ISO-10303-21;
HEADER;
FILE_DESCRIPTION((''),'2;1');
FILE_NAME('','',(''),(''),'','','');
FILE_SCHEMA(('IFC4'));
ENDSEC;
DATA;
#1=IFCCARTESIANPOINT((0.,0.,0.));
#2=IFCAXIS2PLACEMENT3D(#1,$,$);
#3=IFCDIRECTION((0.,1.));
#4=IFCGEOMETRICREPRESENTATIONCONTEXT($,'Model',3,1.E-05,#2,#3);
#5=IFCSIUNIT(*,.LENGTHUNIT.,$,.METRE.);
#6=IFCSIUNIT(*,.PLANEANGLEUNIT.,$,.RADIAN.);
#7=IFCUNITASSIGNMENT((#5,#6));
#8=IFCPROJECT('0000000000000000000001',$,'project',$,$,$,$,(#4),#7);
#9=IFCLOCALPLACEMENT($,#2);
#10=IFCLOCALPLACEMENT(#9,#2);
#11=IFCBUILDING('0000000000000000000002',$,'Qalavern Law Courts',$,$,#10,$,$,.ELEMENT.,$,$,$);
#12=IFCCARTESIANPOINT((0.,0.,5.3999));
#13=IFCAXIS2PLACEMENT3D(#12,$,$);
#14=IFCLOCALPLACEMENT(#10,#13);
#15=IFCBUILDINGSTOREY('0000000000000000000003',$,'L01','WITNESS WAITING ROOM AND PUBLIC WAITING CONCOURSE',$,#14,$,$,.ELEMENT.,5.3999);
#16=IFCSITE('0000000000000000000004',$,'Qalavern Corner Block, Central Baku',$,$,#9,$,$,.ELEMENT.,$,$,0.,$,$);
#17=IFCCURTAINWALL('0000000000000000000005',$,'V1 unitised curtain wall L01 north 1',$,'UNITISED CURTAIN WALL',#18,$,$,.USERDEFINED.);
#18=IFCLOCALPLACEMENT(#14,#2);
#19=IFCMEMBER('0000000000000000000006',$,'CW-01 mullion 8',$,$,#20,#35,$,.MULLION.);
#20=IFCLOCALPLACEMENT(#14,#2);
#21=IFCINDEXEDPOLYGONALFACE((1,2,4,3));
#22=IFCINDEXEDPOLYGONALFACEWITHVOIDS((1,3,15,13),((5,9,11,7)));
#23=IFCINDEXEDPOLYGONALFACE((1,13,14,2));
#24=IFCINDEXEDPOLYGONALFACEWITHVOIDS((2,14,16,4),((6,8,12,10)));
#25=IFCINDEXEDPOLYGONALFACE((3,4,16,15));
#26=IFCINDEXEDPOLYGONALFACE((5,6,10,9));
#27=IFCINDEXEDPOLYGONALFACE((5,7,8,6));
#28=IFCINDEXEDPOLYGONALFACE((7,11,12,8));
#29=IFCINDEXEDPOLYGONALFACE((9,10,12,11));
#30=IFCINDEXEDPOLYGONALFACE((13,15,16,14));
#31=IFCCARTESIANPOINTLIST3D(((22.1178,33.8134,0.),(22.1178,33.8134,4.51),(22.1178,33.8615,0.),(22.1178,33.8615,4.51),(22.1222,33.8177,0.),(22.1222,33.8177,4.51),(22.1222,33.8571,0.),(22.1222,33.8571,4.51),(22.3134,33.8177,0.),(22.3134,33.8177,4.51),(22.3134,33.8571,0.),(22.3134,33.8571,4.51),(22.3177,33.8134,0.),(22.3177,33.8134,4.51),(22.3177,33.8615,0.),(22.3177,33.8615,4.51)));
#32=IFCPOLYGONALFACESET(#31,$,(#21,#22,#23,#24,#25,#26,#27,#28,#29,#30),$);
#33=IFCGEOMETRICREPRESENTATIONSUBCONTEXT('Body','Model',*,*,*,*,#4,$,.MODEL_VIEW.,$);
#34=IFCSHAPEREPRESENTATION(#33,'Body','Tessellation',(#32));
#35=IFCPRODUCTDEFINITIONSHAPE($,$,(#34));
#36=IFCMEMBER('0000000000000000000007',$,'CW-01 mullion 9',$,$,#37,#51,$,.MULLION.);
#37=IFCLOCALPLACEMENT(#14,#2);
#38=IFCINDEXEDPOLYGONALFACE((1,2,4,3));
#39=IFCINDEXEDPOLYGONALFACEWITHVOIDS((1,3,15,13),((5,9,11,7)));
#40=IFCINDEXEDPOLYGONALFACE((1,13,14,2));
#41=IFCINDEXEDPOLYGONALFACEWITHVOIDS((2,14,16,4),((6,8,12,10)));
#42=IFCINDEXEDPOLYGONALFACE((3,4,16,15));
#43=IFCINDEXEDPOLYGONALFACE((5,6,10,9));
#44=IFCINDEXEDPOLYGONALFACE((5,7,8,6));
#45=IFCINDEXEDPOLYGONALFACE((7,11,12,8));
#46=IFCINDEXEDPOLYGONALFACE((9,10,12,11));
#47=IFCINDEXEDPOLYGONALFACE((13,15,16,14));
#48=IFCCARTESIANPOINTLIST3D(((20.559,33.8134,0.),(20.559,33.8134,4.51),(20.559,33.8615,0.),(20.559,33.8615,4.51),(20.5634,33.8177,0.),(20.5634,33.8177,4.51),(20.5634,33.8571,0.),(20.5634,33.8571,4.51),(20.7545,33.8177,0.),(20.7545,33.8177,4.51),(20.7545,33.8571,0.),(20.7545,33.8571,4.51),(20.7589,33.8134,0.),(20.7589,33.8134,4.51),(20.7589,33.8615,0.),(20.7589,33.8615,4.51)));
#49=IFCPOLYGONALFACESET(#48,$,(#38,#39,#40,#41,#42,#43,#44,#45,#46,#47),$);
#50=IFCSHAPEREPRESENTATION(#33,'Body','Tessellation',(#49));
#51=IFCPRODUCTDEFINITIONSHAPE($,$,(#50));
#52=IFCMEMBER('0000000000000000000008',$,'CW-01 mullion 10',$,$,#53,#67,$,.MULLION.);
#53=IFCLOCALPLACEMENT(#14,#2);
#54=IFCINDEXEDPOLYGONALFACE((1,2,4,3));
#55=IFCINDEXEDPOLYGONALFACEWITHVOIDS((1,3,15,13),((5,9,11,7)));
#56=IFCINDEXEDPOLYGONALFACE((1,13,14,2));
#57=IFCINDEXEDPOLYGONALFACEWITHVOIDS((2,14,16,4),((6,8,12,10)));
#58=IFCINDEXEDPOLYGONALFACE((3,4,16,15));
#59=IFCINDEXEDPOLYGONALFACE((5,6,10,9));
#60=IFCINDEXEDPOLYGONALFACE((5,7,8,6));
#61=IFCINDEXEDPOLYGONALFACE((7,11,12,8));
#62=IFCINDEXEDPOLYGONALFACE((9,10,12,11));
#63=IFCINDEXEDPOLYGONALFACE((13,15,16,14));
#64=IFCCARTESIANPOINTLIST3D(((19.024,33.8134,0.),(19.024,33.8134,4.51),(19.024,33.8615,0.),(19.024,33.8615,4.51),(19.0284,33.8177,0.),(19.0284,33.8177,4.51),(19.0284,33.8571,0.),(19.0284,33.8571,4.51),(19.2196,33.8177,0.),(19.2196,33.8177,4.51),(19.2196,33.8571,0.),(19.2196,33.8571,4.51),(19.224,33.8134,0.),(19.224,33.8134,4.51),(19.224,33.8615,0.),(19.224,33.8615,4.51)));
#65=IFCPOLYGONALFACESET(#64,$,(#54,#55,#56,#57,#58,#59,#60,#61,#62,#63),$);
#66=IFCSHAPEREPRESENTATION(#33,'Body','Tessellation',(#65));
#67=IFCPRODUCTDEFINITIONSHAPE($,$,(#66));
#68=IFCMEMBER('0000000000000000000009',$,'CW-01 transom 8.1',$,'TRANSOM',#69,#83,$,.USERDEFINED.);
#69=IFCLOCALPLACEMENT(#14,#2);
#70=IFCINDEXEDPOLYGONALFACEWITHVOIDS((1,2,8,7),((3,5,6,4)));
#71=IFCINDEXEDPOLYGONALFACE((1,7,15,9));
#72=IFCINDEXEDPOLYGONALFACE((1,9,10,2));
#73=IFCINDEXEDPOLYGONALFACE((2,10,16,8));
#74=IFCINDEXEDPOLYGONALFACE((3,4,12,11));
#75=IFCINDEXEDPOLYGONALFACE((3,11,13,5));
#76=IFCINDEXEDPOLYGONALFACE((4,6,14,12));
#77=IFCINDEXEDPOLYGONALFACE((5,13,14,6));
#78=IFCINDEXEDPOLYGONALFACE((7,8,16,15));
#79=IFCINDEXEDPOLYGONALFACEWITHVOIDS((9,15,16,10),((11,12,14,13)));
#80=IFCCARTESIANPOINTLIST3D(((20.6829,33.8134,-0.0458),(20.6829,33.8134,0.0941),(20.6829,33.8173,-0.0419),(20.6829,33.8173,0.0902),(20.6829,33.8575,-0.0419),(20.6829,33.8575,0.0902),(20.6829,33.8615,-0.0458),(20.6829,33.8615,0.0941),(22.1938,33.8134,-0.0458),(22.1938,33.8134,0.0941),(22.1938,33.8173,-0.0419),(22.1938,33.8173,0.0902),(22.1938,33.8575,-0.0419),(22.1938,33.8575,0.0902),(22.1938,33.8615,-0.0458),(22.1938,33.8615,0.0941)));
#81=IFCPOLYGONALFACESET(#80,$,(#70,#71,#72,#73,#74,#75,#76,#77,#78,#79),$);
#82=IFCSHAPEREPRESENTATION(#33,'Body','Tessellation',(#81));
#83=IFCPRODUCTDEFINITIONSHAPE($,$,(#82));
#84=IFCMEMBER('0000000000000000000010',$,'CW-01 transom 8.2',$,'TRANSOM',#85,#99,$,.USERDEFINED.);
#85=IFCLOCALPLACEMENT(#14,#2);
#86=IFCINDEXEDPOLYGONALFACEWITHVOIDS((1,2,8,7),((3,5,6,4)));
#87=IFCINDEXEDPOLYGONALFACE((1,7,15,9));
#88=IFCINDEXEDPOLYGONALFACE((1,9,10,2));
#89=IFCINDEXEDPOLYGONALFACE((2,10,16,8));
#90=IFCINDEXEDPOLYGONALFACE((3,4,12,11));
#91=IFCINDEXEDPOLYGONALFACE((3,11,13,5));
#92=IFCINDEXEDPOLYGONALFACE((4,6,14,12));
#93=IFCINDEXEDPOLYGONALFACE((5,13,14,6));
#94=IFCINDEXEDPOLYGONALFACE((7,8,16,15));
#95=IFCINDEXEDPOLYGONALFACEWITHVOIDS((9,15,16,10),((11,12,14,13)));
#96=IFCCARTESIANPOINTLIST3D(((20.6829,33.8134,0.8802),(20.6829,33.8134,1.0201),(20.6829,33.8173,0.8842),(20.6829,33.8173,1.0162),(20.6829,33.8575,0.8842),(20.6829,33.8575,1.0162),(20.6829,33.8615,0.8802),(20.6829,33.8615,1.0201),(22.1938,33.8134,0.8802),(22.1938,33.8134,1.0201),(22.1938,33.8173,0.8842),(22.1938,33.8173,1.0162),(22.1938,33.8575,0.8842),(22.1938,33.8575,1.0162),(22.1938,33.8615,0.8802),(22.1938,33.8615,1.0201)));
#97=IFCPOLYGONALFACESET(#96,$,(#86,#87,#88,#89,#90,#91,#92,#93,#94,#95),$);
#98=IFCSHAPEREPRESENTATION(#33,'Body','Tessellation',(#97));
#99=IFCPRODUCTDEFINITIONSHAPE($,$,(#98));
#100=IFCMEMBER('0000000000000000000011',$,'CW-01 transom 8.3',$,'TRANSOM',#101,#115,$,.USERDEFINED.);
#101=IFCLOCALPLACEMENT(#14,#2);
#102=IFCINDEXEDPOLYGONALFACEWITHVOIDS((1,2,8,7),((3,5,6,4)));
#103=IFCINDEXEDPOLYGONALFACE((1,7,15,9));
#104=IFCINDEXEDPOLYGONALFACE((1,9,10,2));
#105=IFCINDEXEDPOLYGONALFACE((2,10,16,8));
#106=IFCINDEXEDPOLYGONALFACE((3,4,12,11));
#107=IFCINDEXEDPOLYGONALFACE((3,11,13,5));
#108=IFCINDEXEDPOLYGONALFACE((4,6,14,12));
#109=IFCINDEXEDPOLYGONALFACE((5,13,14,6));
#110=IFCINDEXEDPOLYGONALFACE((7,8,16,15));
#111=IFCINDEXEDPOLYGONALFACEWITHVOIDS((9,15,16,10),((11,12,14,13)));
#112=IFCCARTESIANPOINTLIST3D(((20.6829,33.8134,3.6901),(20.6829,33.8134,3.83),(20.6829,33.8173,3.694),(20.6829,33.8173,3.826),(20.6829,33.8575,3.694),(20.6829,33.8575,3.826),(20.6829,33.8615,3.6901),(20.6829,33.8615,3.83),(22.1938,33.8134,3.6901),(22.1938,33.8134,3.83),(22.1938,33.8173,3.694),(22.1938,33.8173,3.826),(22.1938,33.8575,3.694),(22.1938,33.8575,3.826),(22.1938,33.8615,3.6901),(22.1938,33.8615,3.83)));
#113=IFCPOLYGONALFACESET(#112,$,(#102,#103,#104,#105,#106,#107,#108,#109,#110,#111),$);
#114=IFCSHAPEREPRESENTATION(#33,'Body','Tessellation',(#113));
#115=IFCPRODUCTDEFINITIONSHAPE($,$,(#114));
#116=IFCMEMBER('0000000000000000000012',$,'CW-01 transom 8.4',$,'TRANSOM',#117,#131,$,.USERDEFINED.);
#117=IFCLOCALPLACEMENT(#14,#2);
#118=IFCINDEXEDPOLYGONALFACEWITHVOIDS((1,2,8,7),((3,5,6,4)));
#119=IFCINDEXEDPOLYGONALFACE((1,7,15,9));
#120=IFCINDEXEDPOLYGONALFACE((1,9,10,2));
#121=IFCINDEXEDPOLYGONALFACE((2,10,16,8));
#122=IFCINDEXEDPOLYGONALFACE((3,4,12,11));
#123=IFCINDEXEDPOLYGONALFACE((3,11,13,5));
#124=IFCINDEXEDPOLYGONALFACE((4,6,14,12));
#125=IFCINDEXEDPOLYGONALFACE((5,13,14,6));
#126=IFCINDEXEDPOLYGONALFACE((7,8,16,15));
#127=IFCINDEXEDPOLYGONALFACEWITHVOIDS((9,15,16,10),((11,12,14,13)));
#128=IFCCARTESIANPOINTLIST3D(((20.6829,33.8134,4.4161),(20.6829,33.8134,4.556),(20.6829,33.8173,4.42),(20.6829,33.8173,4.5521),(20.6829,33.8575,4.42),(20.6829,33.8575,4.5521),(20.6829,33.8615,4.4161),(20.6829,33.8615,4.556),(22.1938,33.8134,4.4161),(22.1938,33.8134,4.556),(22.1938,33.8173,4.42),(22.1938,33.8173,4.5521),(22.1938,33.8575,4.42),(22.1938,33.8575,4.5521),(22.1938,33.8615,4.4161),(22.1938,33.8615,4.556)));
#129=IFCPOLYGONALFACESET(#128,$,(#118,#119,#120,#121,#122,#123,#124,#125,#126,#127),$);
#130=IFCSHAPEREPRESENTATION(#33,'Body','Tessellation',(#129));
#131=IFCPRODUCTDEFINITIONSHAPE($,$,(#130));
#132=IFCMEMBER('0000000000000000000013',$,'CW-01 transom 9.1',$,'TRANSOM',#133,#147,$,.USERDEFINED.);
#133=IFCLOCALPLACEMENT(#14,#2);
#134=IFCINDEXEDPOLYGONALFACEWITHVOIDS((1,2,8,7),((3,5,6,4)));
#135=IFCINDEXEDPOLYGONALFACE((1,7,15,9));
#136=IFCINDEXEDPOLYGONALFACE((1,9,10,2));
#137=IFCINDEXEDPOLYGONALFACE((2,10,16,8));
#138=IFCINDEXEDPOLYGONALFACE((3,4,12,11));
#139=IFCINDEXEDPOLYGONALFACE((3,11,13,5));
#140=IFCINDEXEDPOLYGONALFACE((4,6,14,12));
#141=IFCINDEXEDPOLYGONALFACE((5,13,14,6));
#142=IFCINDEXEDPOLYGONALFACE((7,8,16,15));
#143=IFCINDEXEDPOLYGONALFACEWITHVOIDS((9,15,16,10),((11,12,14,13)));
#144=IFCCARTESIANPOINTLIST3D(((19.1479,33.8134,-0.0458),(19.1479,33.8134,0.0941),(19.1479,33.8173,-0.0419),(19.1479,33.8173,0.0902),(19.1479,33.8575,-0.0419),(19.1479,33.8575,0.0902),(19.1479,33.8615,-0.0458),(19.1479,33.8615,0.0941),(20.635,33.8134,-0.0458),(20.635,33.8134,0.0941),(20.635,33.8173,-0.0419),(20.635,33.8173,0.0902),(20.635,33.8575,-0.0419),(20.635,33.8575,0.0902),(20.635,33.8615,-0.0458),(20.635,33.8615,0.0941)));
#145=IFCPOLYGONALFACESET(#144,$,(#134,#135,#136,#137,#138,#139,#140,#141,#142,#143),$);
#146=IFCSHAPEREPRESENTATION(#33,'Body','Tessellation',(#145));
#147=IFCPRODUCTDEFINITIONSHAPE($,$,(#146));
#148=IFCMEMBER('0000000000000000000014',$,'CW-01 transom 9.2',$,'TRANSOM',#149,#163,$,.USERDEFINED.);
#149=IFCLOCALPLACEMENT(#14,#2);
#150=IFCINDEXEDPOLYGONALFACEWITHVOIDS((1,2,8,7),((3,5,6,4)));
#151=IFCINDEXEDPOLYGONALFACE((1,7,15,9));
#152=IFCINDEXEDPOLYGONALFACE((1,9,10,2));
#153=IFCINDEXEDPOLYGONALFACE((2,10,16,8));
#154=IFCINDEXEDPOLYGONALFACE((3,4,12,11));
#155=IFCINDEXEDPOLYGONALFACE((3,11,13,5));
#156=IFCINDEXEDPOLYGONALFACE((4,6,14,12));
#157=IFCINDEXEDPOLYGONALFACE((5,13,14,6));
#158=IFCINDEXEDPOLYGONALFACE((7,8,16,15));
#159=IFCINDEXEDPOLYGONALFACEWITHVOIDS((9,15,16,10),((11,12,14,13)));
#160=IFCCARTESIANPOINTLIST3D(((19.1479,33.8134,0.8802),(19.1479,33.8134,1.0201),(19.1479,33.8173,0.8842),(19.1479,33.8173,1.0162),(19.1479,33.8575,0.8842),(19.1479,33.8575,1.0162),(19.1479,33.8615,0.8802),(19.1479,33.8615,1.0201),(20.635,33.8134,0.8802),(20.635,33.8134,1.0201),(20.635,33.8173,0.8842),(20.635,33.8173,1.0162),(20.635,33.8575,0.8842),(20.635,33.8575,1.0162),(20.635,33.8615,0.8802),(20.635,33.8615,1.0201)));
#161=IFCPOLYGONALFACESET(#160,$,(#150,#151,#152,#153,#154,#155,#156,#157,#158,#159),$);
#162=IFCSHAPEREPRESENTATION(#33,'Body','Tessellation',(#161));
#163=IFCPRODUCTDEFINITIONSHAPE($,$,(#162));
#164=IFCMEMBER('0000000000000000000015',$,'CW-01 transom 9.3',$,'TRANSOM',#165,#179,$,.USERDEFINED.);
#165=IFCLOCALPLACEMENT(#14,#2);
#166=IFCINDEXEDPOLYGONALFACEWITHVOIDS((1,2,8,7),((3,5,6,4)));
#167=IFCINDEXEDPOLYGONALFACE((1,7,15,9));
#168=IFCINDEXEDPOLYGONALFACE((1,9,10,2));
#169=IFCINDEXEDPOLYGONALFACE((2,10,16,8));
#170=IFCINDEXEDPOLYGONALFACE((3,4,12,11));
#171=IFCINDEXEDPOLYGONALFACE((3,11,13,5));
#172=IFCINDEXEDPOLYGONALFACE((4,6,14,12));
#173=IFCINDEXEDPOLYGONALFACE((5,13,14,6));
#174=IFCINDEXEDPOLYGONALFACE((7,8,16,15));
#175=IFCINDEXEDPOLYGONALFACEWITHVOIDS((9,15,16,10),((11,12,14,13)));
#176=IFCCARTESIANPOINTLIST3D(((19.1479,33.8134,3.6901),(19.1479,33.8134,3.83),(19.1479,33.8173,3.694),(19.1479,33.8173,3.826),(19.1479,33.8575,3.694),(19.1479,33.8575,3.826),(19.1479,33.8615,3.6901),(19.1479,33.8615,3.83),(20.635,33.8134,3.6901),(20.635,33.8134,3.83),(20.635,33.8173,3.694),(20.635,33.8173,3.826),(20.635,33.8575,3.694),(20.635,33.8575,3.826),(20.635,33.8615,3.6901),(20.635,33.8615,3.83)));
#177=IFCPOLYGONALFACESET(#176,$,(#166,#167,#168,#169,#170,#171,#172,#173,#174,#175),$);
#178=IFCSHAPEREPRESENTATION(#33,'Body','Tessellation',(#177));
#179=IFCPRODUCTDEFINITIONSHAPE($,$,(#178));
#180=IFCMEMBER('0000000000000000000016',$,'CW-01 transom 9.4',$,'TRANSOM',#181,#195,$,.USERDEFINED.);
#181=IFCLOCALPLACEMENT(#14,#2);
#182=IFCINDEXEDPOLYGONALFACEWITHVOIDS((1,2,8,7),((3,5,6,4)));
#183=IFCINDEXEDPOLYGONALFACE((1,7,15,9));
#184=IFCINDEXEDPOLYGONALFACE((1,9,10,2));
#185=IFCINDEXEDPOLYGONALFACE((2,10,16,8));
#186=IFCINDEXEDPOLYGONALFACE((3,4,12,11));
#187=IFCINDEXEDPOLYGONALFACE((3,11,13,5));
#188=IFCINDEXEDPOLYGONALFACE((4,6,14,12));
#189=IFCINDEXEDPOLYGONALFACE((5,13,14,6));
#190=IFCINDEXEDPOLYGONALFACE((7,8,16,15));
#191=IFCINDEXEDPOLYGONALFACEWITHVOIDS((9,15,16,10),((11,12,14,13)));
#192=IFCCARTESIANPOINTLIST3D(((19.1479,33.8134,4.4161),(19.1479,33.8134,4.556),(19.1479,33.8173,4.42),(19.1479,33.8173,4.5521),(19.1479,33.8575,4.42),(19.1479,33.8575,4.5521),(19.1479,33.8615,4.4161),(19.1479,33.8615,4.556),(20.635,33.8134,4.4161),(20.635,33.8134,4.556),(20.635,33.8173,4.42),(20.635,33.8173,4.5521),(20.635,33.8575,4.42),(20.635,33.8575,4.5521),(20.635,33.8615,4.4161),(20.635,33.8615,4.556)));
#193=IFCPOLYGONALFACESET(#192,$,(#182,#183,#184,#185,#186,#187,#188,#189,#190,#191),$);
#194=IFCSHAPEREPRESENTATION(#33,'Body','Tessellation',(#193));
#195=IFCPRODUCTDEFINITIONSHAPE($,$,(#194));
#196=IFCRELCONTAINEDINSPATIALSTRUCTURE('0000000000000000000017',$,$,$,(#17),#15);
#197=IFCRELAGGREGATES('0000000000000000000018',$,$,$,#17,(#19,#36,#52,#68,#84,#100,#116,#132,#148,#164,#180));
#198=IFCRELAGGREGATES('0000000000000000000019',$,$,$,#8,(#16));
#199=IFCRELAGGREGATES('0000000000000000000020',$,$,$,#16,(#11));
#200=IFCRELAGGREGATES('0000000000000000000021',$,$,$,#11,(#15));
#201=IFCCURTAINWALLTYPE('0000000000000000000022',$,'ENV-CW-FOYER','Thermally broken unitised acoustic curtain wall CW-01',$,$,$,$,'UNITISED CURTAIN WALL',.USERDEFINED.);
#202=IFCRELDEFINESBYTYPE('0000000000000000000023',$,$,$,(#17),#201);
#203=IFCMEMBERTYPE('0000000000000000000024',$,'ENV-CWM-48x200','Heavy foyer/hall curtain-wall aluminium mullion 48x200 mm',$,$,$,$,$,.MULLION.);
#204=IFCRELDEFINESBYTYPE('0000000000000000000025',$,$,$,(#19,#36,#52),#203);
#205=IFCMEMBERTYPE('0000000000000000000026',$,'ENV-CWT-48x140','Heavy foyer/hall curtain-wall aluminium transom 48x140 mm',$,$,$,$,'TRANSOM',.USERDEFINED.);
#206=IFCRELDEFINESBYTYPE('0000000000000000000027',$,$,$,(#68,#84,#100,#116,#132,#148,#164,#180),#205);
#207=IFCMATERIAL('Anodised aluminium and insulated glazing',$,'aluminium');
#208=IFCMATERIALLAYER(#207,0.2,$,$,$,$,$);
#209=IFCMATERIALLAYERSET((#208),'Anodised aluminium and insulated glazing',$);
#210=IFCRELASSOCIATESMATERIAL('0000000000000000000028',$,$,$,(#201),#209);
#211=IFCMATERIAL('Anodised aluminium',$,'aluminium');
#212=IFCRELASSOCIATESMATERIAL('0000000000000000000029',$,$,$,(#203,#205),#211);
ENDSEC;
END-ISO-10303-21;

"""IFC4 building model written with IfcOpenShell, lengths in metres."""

from ifc_helpers import new_model, si_unit, direction, frame, origin, origin_2d, place, context, subcontext, project, spatial, hollow_rectangle, extrude, material, layer, layer_set, material_profile, profile_set, type_object, element, aggregate, save


model = new_model("IFC4")

# Units and contexts
model_context = context("Model", 3, precision=1e-05, world=origin(), true_north=direction((0.0, 1.0)))
body_context = subcontext(model_context, "Body", "Model", "MODEL_VIEW")
ifc_project = project(units=[si_unit("LENGTHUNIT", "METRE"), si_unit("PLANEANGLEUNIT", "RADIAN")], contexts=[model_context])

# Site, building, storey
site_placement = place(None, origin())
site = spatial("IfcSite", under=ifc_project, at=site_placement, Name="Qalavern Corner Block, Central Baku", CompositionType="ELEMENT", RefElevation=0.0)
building_placement = place(site_placement, origin())
building = spatial("IfcBuilding", under=site, at=building_placement, Name="Qalavern Law Courts", CompositionType="ELEMENT")
storey_placement = place(building_placement, frame((0.0, 0.0, 5.3999)))
storey = spatial("IfcBuildingStorey", under=building, at=storey_placement, Name="L01", Description="WITNESS WAITING ROOM AND PUBLIC WAITING CONCOURSE", CompositionType="ELEMENT", Elevation=5.3999)

# Curtain wall, members
ifc_material_1 = material(Name="Anodised aluminium and insulated glazing", Category="aluminium")
ifc_layer_1 = layer(ifc_material_1, 0.2)
ifc_layer_set_1 = layer_set([ifc_layer_1], Name="Anodised aluminium and insulated glazing")
curtain_wall_type = type_object("IfcCurtainWallType", Name="ENV-CW-FOYER", Description="Thermally broken unitised acoustic curtain wall CW-01", ElementType="UNITISED CURTAIN WALL", PredefinedType="USERDEFINED", material=ifc_layer_set_1)
curtain_wall_placement = place(storey_placement, origin())
curtain_wall = element("IfcCurtainWall", 1, at=curtain_wall_placement, inside=storey, type_object=curtain_wall_type, Name="V1 unitised curtain wall L01 north 1", ObjectType="UNITISED CURTAIN WALL", PredefinedType="USERDEFINED")
ifc_material_2 = material(Name="Anodised aluminium", Category="aluminium")
ifc_material_profile_1 = material_profile(ifc_material_2, hollow_rectangle(XDim=0.0481, YDim=0.2, WallThickness=0.0044, at=origin_2d()), Name="ALU MULLION 48x200")
ifc_profile_set_1 = profile_set([ifc_material_profile_1], Name="Anodised aluminium")
member_type_1 = type_object("IfcMemberType", Name="ENV-CWM-48x200", Description="Heavy foyer/hall curtain-wall aluminium mullion 48x200 mm", PredefinedType="MULLION", material=ifc_profile_set_1)
member_1_placement = place(storey_placement, frame((22.2178, 33.8374, 0.0), z_axis=(0.0, 0.0, 1.0), x_axis=(0.0, -1.0, 0.0)))
member_1 = element("IfcMember", 2, at=member_1_placement, type_object=member_type_1, Name="CW-01 mullion 8", PredefinedType="MULLION", context=body_context, shape_type="SweptSolid", body=[
    extrude(hollow_rectangle(XDim=0.0481, YDim=0.2, WallThickness=0.0044, at=origin_2d()), origin(), (0.0, 0.0, 1.0), 4.51),
])
member_2_placement = place(storey_placement, frame((20.6589, 33.8374, 0.0), z_axis=(0.0, 0.0, 1.0), x_axis=(0.0, -1.0, 0.0)))
member_2 = element("IfcMember", 3, at=member_2_placement, type_object=member_type_1, Name="CW-01 mullion 9", PredefinedType="MULLION", context=body_context, shape_type="SweptSolid", body=[
    extrude(hollow_rectangle(XDim=0.0481, YDim=0.2, WallThickness=0.0044, at=origin_2d()), origin(), (0.0, 0.0, 1.0), 4.51),
])
member_3_placement = place(storey_placement, frame((19.124, 33.8374, 0.0), z_axis=(0.0, 0.0, 1.0), x_axis=(0.0, -1.0, 0.0)))
member_3 = element("IfcMember", 4, at=member_3_placement, type_object=member_type_1, Name="CW-01 mullion 10", PredefinedType="MULLION", context=body_context, shape_type="SweptSolid", body=[
    extrude(hollow_rectangle(XDim=0.0481, YDim=0.2, WallThickness=0.0044, at=origin_2d()), origin(), (0.0, 0.0, 1.0), 4.51),
])
ifc_material_profile_2 = material_profile(ifc_material_2, hollow_rectangle(XDim=0.0481, YDim=0.1399, WallThickness=0.0039, at=origin_2d()), Name="ALU TRANSOM 48x140")
ifc_profile_set_2 = profile_set([ifc_material_profile_2], Name="Anodised aluminium")
member_type_2 = type_object("IfcMemberType", Name="ENV-CWT-48x140", Description="Heavy foyer/hall curtain-wall aluminium transom 48x140 mm", ElementType="TRANSOM", PredefinedType="USERDEFINED", material=ifc_profile_set_2)
member_4_placement = place(storey_placement, frame((22.1938, 33.8374, 0.0242), z_axis=(-1.0, 0.0, 0.0), x_axis=(0.0, -1.0, 0.0)))
member_4 = element("IfcMember", 5, at=member_4_placement, type_object=member_type_2, Name="CW-01 transom 8.1", ObjectType="TRANSOM", PredefinedType="USERDEFINED", context=body_context, shape_type="SweptSolid", body=[
    extrude(hollow_rectangle(XDim=0.0481, YDim=0.1399, WallThickness=0.0039, at=origin_2d()), origin(), (0.0, 0.0, 1.0), 1.511),
])
member_5_placement = place(storey_placement, frame((22.1938, 33.8374, 0.9502), z_axis=(-1.0, 0.0, 0.0), x_axis=(0.0, -1.0, 0.0)))
member_5 = element("IfcMember", 6, at=member_5_placement, type_object=member_type_2, Name="CW-01 transom 8.2", ObjectType="TRANSOM", PredefinedType="USERDEFINED", context=body_context, shape_type="SweptSolid", body=[
    extrude(hollow_rectangle(XDim=0.0481, YDim=0.1399, WallThickness=0.0039, at=origin_2d()), origin(), (0.0, 0.0, 1.0), 1.511),
])
member_6_placement = place(storey_placement, frame((22.1938, 33.8374, 3.76), z_axis=(-1.0, 0.0, 0.0), x_axis=(0.0, -1.0, 0.0)))
member_6 = element("IfcMember", 7, at=member_6_placement, type_object=member_type_2, Name="CW-01 transom 8.3", ObjectType="TRANSOM", PredefinedType="USERDEFINED", context=body_context, shape_type="SweptSolid", body=[
    extrude(hollow_rectangle(XDim=0.0481, YDim=0.1399, WallThickness=0.0039, at=origin_2d()), origin(), (0.0, 0.0, 1.0), 1.511),
])
member_7_placement = place(storey_placement, frame((22.1938, 33.8374, 4.4861), z_axis=(-1.0, 0.0, 0.0), x_axis=(0.0, -1.0, 0.0)))
member_7 = element("IfcMember", 8, at=member_7_placement, type_object=member_type_2, Name="CW-01 transom 8.4", ObjectType="TRANSOM", PredefinedType="USERDEFINED", context=body_context, shape_type="SweptSolid", body=[
    extrude(hollow_rectangle(XDim=0.0481, YDim=0.1399, WallThickness=0.0039, at=origin_2d()), origin(), (0.0, 0.0, 1.0), 1.511),
])
member_8_placement = place(storey_placement, frame((20.635, 33.8374, 0.0242), z_axis=(-1.0, 0.0, 0.0), x_axis=(0.0, -1.0, 0.0)))
member_8 = element("IfcMember", 9, at=member_8_placement, type_object=member_type_2, Name="CW-01 transom 9.1", ObjectType="TRANSOM", PredefinedType="USERDEFINED", context=body_context, shape_type="SweptSolid", body=[
    extrude(hollow_rectangle(XDim=0.0481, YDim=0.1399, WallThickness=0.0039, at=origin_2d()), origin(), (0.0, 0.0, 1.0), 1.4871),
])
member_9_placement = place(storey_placement, frame((20.635, 33.8374, 0.9502), z_axis=(-1.0, 0.0, 0.0), x_axis=(0.0, -1.0, 0.0)))
member_9 = element("IfcMember", 10, at=member_9_placement, type_object=member_type_2, Name="CW-01 transom 9.2", ObjectType="TRANSOM", PredefinedType="USERDEFINED", context=body_context, shape_type="SweptSolid", body=[
    extrude(hollow_rectangle(XDim=0.0481, YDim=0.1399, WallThickness=0.0039, at=origin_2d()), origin(), (0.0, 0.0, 1.0), 1.4871),
])
member_10_placement = place(storey_placement, frame((20.635, 33.8374, 3.76), z_axis=(-1.0, 0.0, 0.0), x_axis=(0.0, -1.0, 0.0)))
member_10 = element("IfcMember", 11, at=member_10_placement, type_object=member_type_2, Name="CW-01 transom 9.3", ObjectType="TRANSOM", PredefinedType="USERDEFINED", context=body_context, shape_type="SweptSolid", body=[
    extrude(hollow_rectangle(XDim=0.0481, YDim=0.1399, WallThickness=0.0039, at=origin_2d()), origin(), (0.0, 0.0, 1.0), 1.4871),
])
member_11_placement = place(storey_placement, frame((20.635, 33.8374, 4.4861), z_axis=(-1.0, 0.0, 0.0), x_axis=(0.0, -1.0, 0.0)))
member_11 = element("IfcMember", 12, at=member_11_placement, type_object=member_type_2, Name="CW-01 transom 9.4", ObjectType="TRANSOM", PredefinedType="USERDEFINED", context=body_context, shape_type="SweptSolid", body=[
    extrude(hollow_rectangle(XDim=0.0481, YDim=0.1399, WallThickness=0.0039, at=origin_2d()), origin(), (0.0, 0.0, 1.0), 1.4871),
])
aggregate(curtain_wall, [member_1, member_2, member_3, member_4, member_5, member_6, member_7, member_8, member_9, member_10, member_11])

save(model, "model.ifc")
